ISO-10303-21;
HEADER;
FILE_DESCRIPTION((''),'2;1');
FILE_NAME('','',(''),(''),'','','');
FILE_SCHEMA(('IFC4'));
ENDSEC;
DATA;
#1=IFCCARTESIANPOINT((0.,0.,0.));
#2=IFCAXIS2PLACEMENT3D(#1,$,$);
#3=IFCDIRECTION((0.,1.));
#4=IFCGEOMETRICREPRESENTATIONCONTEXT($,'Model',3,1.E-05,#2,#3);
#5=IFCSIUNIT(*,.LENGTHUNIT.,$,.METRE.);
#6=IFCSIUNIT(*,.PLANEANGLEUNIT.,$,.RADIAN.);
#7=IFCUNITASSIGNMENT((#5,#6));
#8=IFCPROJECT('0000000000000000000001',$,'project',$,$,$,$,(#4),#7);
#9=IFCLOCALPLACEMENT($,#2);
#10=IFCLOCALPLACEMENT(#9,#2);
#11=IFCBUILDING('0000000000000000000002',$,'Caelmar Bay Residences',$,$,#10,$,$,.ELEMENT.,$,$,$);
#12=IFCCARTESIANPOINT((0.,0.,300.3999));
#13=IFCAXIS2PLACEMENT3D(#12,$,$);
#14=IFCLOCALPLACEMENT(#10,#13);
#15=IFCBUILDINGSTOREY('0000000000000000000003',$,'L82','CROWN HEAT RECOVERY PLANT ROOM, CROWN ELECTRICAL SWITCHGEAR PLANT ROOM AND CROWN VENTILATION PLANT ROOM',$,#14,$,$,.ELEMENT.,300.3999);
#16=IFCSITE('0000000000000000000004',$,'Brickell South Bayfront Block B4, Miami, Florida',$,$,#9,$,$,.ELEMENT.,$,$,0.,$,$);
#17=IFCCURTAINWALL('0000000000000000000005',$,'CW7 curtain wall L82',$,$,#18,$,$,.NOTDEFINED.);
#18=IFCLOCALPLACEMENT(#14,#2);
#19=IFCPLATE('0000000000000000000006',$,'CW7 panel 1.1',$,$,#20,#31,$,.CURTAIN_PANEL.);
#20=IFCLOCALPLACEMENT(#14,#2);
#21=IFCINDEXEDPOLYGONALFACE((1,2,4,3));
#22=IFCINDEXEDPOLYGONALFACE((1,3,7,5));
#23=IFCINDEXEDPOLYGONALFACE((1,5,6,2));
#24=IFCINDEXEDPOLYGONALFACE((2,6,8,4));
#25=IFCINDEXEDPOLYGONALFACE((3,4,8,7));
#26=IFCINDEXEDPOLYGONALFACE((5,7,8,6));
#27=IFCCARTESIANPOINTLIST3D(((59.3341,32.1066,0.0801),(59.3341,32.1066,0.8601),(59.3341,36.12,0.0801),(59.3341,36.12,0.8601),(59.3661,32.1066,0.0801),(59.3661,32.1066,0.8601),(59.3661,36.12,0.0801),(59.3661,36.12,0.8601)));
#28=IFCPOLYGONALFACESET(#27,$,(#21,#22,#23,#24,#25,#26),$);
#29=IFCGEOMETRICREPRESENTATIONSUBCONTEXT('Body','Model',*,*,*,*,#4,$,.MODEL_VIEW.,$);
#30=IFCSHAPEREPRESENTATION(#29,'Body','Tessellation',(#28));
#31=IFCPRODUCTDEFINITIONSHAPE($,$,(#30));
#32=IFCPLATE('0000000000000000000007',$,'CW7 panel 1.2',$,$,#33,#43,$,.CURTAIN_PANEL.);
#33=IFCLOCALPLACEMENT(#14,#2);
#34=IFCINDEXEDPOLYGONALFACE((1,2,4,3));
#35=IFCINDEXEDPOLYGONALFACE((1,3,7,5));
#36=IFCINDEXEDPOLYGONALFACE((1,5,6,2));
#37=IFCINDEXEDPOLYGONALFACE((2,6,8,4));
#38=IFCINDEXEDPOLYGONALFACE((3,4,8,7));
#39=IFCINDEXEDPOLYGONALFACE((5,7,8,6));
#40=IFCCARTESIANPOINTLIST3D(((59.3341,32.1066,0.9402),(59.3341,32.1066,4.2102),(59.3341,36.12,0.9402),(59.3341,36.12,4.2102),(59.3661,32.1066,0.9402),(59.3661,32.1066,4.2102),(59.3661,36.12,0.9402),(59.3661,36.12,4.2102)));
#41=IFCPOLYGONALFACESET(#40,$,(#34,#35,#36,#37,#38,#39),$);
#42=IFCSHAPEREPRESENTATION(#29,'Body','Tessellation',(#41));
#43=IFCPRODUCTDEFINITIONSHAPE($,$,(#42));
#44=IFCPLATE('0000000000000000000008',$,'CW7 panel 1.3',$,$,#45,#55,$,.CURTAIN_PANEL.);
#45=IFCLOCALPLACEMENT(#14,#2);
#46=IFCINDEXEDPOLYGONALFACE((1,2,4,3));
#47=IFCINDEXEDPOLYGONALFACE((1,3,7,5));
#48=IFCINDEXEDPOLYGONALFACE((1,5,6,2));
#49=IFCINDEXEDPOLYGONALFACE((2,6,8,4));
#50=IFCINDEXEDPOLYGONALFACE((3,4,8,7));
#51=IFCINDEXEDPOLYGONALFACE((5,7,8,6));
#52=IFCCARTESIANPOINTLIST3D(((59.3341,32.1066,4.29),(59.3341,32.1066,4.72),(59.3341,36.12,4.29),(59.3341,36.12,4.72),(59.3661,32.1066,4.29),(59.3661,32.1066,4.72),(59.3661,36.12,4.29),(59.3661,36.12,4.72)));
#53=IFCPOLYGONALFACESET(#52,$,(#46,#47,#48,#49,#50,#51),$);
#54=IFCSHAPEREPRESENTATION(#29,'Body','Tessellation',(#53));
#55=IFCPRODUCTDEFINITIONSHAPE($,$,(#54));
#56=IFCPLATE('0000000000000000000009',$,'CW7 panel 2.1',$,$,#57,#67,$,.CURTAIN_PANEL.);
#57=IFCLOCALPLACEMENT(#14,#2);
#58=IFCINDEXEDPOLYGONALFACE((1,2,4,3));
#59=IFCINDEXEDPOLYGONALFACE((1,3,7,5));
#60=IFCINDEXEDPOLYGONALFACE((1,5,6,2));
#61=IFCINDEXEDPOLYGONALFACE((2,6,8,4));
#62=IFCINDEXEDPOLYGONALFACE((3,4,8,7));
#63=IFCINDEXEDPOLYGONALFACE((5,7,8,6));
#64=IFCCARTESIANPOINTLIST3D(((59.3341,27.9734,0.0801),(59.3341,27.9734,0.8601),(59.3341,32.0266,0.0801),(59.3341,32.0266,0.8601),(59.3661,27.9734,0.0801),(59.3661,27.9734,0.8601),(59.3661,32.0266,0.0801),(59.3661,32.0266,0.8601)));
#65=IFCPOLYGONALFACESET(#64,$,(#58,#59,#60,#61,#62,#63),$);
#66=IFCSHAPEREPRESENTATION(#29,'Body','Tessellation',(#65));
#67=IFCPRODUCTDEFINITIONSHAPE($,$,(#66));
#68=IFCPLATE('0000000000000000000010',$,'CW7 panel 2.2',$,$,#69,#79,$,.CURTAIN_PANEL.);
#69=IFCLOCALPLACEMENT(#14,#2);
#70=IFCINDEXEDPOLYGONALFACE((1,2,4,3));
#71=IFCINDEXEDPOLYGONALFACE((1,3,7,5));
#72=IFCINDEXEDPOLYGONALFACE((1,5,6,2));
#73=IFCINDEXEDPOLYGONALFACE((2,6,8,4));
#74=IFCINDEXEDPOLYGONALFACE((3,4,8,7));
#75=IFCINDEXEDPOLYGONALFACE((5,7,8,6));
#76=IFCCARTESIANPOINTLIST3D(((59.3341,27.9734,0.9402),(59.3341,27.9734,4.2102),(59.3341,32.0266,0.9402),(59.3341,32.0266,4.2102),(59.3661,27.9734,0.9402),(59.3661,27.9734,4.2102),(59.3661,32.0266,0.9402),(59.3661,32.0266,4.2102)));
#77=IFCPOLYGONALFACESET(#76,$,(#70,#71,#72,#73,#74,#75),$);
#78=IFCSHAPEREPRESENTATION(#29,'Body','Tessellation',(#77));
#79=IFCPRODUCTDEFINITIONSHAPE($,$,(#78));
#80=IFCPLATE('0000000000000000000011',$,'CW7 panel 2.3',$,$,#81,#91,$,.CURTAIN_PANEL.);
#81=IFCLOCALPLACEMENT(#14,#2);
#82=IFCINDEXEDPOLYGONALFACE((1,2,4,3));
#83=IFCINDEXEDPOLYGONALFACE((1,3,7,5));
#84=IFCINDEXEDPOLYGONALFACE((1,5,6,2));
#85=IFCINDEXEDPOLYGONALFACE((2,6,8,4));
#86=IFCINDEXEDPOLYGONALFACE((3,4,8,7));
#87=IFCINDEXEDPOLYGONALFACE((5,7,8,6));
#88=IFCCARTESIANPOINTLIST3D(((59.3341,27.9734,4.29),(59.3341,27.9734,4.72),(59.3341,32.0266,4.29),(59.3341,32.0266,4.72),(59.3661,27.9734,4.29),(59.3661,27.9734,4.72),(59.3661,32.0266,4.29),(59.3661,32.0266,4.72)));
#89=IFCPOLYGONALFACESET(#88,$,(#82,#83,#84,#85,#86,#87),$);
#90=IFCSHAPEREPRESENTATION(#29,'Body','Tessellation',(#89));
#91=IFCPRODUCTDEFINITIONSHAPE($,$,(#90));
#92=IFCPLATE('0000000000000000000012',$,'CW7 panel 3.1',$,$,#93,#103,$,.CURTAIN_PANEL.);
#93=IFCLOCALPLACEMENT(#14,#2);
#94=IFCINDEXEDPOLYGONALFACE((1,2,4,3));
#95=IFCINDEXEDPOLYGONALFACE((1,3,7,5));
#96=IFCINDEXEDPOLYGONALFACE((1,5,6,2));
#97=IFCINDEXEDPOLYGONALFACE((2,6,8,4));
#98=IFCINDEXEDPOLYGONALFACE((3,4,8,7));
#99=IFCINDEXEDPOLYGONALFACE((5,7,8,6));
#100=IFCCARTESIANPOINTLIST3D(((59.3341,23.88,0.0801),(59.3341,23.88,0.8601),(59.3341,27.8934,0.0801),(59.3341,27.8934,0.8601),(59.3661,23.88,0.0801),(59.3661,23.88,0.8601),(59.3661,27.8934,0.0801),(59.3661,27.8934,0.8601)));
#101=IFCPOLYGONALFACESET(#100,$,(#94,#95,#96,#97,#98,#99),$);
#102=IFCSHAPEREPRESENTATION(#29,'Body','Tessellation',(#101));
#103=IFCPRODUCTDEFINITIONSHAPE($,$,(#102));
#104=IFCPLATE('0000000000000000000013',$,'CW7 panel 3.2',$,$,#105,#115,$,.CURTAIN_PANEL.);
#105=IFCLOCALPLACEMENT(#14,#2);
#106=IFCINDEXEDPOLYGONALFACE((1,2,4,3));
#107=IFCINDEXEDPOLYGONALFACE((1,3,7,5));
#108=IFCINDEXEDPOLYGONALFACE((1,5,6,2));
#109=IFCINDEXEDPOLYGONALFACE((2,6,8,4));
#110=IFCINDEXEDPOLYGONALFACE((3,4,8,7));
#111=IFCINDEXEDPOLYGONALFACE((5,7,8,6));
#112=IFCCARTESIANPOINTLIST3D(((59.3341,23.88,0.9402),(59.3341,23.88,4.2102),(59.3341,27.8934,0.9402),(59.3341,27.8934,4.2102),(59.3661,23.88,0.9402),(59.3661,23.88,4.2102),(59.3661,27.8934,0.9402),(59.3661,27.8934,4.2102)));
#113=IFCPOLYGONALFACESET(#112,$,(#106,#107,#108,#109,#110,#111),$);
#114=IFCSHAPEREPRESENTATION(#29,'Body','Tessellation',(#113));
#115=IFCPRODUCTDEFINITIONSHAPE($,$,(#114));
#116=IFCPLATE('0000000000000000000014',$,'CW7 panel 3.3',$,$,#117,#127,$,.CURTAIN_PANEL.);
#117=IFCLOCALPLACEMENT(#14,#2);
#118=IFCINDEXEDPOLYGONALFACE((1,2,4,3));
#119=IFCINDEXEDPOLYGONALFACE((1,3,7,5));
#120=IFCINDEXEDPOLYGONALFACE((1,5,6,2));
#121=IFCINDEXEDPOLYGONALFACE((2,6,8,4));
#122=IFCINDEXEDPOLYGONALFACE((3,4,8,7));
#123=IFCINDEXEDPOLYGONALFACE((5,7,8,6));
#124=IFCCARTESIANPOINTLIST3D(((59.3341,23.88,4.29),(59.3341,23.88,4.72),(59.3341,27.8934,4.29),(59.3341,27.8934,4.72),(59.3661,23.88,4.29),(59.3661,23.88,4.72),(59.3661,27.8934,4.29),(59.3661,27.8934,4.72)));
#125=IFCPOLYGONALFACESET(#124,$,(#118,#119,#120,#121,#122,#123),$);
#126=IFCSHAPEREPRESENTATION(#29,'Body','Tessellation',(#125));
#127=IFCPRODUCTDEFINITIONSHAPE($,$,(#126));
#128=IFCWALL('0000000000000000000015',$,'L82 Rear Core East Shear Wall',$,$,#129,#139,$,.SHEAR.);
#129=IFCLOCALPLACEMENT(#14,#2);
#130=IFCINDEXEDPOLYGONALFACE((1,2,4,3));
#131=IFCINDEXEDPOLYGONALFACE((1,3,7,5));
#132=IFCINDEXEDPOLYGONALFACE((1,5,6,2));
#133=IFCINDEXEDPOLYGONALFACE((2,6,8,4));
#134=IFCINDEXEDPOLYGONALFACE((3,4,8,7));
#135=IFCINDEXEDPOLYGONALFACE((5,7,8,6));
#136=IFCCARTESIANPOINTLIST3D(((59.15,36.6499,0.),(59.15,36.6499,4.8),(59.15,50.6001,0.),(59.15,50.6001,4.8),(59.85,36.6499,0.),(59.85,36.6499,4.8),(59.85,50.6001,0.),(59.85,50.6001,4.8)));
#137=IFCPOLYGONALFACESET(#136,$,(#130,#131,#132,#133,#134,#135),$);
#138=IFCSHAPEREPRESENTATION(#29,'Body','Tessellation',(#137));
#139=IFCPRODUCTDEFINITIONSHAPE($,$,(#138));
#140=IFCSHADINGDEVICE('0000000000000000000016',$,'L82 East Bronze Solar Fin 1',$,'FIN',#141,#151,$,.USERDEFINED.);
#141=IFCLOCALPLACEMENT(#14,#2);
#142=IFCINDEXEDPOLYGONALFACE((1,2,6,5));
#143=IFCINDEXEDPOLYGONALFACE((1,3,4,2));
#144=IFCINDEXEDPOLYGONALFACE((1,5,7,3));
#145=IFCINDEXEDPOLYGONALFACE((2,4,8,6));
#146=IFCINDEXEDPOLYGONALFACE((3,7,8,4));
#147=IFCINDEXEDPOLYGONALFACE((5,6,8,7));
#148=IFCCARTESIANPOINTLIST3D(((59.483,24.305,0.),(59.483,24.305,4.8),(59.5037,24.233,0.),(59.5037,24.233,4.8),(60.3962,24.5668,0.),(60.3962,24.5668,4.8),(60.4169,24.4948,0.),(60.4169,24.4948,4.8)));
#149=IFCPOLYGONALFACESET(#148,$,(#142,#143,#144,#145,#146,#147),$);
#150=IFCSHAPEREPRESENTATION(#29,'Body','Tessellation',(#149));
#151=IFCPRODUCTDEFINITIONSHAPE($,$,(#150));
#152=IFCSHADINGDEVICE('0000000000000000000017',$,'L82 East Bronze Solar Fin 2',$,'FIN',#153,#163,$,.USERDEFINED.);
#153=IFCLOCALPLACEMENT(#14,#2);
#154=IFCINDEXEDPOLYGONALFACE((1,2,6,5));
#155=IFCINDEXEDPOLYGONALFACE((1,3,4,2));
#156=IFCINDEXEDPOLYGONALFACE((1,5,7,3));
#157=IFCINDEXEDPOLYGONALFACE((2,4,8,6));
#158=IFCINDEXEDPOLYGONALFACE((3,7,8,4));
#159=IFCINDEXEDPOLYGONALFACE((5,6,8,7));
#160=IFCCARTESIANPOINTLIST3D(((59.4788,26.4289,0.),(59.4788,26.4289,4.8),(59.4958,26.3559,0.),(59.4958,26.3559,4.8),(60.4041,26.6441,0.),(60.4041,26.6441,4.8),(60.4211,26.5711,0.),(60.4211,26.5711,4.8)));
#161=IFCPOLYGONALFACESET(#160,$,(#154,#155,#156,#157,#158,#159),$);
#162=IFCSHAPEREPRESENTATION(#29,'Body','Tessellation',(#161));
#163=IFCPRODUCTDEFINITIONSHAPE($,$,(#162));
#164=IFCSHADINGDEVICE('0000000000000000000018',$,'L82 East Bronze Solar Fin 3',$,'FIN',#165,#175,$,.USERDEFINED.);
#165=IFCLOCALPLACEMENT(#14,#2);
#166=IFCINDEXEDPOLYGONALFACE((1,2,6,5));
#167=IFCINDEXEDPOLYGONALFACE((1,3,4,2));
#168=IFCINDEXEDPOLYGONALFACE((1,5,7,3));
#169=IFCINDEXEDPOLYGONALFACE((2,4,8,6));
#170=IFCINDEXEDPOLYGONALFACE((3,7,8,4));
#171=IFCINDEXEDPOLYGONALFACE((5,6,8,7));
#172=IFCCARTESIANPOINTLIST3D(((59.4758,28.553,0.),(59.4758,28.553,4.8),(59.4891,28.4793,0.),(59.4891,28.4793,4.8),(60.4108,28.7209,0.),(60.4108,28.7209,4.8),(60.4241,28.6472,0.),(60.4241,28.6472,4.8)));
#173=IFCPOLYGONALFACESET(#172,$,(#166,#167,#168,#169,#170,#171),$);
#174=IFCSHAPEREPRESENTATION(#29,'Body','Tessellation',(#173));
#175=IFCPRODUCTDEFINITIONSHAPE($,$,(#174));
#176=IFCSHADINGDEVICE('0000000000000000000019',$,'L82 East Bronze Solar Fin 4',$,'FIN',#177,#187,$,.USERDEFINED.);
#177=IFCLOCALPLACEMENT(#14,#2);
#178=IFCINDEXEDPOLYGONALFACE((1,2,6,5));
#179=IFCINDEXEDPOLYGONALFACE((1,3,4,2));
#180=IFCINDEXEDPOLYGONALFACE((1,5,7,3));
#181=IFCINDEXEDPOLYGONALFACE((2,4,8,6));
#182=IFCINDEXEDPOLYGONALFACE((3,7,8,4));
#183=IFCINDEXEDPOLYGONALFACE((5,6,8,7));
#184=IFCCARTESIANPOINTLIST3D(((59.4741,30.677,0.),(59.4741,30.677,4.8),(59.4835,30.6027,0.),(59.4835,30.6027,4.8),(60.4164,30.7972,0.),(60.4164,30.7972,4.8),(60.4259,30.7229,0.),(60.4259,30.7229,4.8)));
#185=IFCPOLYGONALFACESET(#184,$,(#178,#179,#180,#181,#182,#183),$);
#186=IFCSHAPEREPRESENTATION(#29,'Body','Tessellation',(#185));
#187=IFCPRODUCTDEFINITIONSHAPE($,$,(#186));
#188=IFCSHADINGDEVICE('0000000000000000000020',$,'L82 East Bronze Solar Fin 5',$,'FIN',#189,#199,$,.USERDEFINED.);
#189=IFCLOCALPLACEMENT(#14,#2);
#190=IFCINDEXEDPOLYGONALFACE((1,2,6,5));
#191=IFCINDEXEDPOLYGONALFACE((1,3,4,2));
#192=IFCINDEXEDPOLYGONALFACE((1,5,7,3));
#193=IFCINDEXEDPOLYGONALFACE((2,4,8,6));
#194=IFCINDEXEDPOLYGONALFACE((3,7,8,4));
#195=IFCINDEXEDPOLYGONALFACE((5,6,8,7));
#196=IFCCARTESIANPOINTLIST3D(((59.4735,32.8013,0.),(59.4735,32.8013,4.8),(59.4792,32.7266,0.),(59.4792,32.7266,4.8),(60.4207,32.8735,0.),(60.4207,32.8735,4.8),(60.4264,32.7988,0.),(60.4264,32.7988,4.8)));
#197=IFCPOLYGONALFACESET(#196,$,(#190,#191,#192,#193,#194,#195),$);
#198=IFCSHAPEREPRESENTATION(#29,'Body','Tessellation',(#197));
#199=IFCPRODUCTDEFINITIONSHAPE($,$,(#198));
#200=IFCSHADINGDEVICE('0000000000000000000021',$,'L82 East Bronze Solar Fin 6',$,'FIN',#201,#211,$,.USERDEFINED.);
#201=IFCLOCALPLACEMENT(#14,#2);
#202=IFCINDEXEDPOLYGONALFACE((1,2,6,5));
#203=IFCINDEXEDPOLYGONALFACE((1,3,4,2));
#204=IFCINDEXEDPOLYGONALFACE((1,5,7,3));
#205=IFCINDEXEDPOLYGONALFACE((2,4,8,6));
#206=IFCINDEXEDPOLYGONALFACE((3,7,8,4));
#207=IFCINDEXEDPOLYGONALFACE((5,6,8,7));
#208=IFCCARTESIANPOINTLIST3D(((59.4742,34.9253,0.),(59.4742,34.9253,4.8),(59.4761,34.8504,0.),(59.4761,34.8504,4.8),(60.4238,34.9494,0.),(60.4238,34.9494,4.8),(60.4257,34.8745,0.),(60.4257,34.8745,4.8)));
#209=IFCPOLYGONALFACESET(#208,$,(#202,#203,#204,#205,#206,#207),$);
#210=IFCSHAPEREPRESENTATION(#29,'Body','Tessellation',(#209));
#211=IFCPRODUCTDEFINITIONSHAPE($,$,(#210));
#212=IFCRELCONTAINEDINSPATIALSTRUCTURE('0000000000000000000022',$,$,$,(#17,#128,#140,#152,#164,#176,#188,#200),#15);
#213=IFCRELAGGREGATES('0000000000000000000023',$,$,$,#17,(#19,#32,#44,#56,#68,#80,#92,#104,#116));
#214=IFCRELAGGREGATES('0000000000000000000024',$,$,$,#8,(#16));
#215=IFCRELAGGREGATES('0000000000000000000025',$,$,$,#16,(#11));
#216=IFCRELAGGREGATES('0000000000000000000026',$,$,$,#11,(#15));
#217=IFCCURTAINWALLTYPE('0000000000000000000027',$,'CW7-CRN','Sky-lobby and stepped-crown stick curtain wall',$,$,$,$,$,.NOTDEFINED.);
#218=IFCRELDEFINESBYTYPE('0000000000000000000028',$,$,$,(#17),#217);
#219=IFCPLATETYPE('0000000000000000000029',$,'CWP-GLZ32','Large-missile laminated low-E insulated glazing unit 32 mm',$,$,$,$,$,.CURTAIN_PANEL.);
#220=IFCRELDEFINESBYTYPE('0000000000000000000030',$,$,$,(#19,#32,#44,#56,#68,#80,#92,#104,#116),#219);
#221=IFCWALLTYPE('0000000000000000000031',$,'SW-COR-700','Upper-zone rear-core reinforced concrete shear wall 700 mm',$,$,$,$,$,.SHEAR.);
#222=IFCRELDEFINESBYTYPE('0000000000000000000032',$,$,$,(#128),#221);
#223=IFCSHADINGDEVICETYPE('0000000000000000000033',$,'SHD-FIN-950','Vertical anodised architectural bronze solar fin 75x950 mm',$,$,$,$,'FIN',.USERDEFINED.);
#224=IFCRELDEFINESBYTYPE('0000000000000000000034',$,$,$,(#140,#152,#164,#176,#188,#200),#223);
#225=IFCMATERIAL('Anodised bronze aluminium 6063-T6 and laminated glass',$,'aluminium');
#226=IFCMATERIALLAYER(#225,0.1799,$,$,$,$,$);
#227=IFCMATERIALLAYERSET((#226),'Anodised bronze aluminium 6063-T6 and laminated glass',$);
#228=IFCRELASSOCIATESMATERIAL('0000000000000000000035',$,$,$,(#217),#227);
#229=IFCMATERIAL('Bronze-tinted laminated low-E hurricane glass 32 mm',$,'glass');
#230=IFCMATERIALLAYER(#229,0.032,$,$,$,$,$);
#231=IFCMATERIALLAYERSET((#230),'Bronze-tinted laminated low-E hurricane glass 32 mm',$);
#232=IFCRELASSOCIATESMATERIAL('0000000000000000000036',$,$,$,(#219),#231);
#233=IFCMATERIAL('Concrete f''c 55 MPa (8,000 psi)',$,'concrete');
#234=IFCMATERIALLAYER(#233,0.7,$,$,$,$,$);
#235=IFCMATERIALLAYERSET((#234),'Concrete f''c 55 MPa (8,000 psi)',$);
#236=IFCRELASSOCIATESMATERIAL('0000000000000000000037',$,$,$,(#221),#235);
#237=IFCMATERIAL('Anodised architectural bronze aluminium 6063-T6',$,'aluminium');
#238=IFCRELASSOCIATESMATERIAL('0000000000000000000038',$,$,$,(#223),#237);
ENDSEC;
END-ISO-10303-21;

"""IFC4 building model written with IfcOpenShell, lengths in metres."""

from ifc_helpers import new_model, si_unit, direction, frame, frame_2d, origin, origin_2d, place, context, subcontext, project, spatial, rectangle, extrude, material, layer, layer_set, material_profile, profile_set, type_object, element, aggregate, save


model = new_model("IFC4")

# Units and contexts
model_context = context("Model", 3, precision=1e-05, world=origin(), true_north=direction((0.0, 1.0)))
body_context = subcontext(model_context, "Body", "Model", "MODEL_VIEW")
ifc_project = project(units=[si_unit("LENGTHUNIT", "METRE"), si_unit("PLANEANGLEUNIT", "RADIAN")], contexts=[model_context])

# Site, building, storey
site_placement = place(None, origin())
site = spatial("IfcSite", under=ifc_project, at=site_placement, Name="Brickell South Bayfront Block B4, Miami, Florida", CompositionType="ELEMENT", RefElevation=0.0)
building_placement = place(site_placement, origin())
building = spatial("IfcBuilding", under=site, at=building_placement, Name="Caelmar Bay Residences", CompositionType="ELEMENT")
storey_placement = place(building_placement, frame((0.0, 0.0, 300.3999)))
storey = spatial("IfcBuildingStorey", under=building, at=storey_placement, Name="L82", Description="CROWN HEAT RECOVERY PLANT ROOM, CROWN ELECTRICAL SWITCHGEAR PLANT ROOM AND CROWN VENTILATION PLANT ROOM", CompositionType="ELEMENT", Elevation=300.3999)

# Curtain wall, plates
ifc_material_1 = material(Name="Anodised bronze aluminium 6063-T6 and laminated glass", Category="aluminium")
ifc_layer_1 = layer(ifc_material_1, 0.1799)
ifc_layer_set_1 = layer_set([ifc_layer_1], Name="Anodised bronze aluminium 6063-T6 and laminated glass")
curtain_wall_type = type_object("IfcCurtainWallType", Name="CW7-CRN", Description="Sky-lobby and stepped-crown stick curtain wall", PredefinedType="NOTDEFINED", material=ifc_layer_set_1)
curtain_wall_placement = place(storey_placement, origin())
curtain_wall = element("IfcCurtainWall", 1, at=curtain_wall_placement, inside=storey, type_object=curtain_wall_type, Name="CW7 curtain wall L82", PredefinedType="NOTDEFINED")
ifc_material_2 = material(Name="Bronze-tinted laminated low-E hurricane glass 32 mm", Category="glass")
ifc_layer_2 = layer(ifc_material_2, 0.032)
ifc_layer_set_2 = layer_set([ifc_layer_2], Name="Bronze-tinted laminated low-E hurricane glass 32 mm")
plate_type = type_object("IfcPlateType", Name="CWP-GLZ32", Description="Large-missile laminated low-E insulated glazing unit 32 mm", PredefinedType="CURTAIN_PANEL", material=ifc_layer_set_2)
plate_1_placement = place(storey_placement, frame((59.3501, 34.1133, 0.0801), z_axis=(0.0, 0.0, 1.0), x_axis=(0.0, -1.0, 0.0)))
plate_1 = element("IfcPlate", 2, at=plate_1_placement, type_object=plate_type, Name="CW7 panel 1.1", PredefinedType="CURTAIN_PANEL", context=body_context, shape_type="SweptSolid", body=[
    extrude(rectangle(XDim=4.0134, YDim=0.032, at=origin_2d()), origin(), (0.0, 0.0, 1.0), 0.78),
])
plate_2_placement = place(storey_placement, frame((59.3501, 34.1133, 0.9402), z_axis=(0.0, 0.0, 1.0), x_axis=(0.0, -1.0, 0.0)))
plate_2 = element("IfcPlate", 3, at=plate_2_placement, type_object=plate_type, Name="CW7 panel 1.2", PredefinedType="CURTAIN_PANEL", context=body_context, shape_type="SweptSolid", body=[
    extrude(rectangle(XDim=4.0134, YDim=0.032, at=origin_2d()), origin(), (0.0, 0.0, 1.0), 3.27),
])
plate_3_placement = place(storey_placement, frame((59.3501, 34.1133, 4.29), z_axis=(0.0, 0.0, 1.0), x_axis=(0.0, -1.0, 0.0)))
plate_3 = element("IfcPlate", 4, at=plate_3_placement, type_object=plate_type, Name="CW7 panel 1.3", PredefinedType="CURTAIN_PANEL", context=body_context, shape_type="SweptSolid", body=[
    extrude(rectangle(XDim=4.0134, YDim=0.032, at=origin_2d()), origin(), (0.0, 0.0, 1.0), 0.4299),
])
plate_4_placement = place(storey_placement, frame((59.3501, 30.0, 0.0801), z_axis=(0.0, 0.0, 1.0), x_axis=(0.0, -1.0, 0.0)))
plate_4 = element("IfcPlate", 5, at=plate_4_placement, type_object=plate_type, Name="CW7 panel 2.1", PredefinedType="CURTAIN_PANEL", context=body_context, shape_type="SweptSolid", body=[
    extrude(rectangle(XDim=4.0532, YDim=0.032, at=origin_2d()), origin(), (0.0, 0.0, 1.0), 0.78),
])
plate_5_placement = place(storey_placement, frame((59.3501, 30.0, 0.9402), z_axis=(0.0, 0.0, 1.0), x_axis=(0.0, -1.0, 0.0)))
plate_5 = element("IfcPlate", 6, at=plate_5_placement, type_object=plate_type, Name="CW7 panel 2.2", PredefinedType="CURTAIN_PANEL", context=body_context, shape_type="SweptSolid", body=[
    extrude(rectangle(XDim=4.0532, YDim=0.032, at=origin_2d()), origin(), (0.0, 0.0, 1.0), 3.27),
])
plate_6_placement = place(storey_placement, frame((59.3501, 30.0, 4.29), z_axis=(0.0, 0.0, 1.0), x_axis=(0.0, -1.0, 0.0)))
plate_6 = element("IfcPlate", 7, at=plate_6_placement, type_object=plate_type, Name="CW7 panel 2.3", PredefinedType="CURTAIN_PANEL", context=body_context, shape_type="SweptSolid", body=[
    extrude(rectangle(XDim=4.0532, YDim=0.032, at=origin_2d()), origin(), (0.0, 0.0, 1.0), 0.4299),
])
plate_7_placement = place(storey_placement, frame((59.3501, 25.8867, 0.0801), z_axis=(0.0, 0.0, 1.0), x_axis=(0.0, -1.0, 0.0)))
plate_7 = element("IfcPlate", 8, at=plate_7_placement, type_object=plate_type, Name="CW7 panel 3.1", PredefinedType="CURTAIN_PANEL", context=body_context, shape_type="SweptSolid", body=[
    extrude(rectangle(XDim=4.0134, YDim=0.032, at=origin_2d()), origin(), (0.0, 0.0, 1.0), 0.78),
])
plate_8_placement = place(storey_placement, frame((59.3501, 25.8867, 0.9402), z_axis=(0.0, 0.0, 1.0), x_axis=(0.0, -1.0, 0.0)))
plate_8 = element("IfcPlate", 9, at=plate_8_placement, type_object=plate_type, Name="CW7 panel 3.2", PredefinedType="CURTAIN_PANEL", context=body_context, shape_type="SweptSolid", body=[
    extrude(rectangle(XDim=4.0134, YDim=0.032, at=origin_2d()), origin(), (0.0, 0.0, 1.0), 3.27),
])
plate_9_placement = place(storey_placement, frame((59.3501, 25.8867, 4.29), z_axis=(0.0, 0.0, 1.0), x_axis=(0.0, -1.0, 0.0)))
plate_9 = element("IfcPlate", 10, at=plate_9_placement, type_object=plate_type, Name="CW7 panel 3.3", PredefinedType="CURTAIN_PANEL", context=body_context, shape_type="SweptSolid", body=[
    extrude(rectangle(XDim=4.0134, YDim=0.032, at=origin_2d()), origin(), (0.0, 0.0, 1.0), 0.4299),
])
aggregate(curtain_wall, [plate_1, plate_2, plate_3, plate_4, plate_5, plate_6, plate_7, plate_8, plate_9])

# Wall
ifc_material_3 = material(Name="Concrete f'c 55 MPa (8,000 psi)", Category="concrete")
ifc_layer_3 = layer(ifc_material_3, 0.7)
ifc_layer_set_3 = layer_set([ifc_layer_3], Name="Concrete f'c 55 MPa (8,000 psi)")
wall_type = type_object("IfcWallType", Name="SW-COR-700", Description="Upper-zone rear-core reinforced concrete shear wall 700 mm", PredefinedType="SHEAR", material=ifc_layer_set_3)
wall_placement = place(storey_placement, frame((59.5, 36.6499, 0.0), z_axis=(0.0, 0.0, 1.0), x_axis=(0.0, 1.0, 0.0)))
element("IfcWall", 11, at=wall_placement, inside=storey, type_object=wall_type, Name="L82 Rear Core East Shear Wall", PredefinedType="SHEAR", context=body_context, shape_type="SweptSolid", body=[
    extrude(rectangle(XDim=13.9502, YDim=0.7, at=frame_2d((6.9751, 0.0))), origin(), (0.0, 0.0, 1.0), 4.8),
])

# Shading devices
ifc_material_4 = material(Name="Anodised architectural bronze aluminium 6063-T6", Category="aluminium")
ifc_material_profile_1 = material_profile(ifc_material_4, rectangle(XDim=0.075, YDim=0.95, at=origin_2d()), Name="BRONZE-FIN-75X950")
ifc_profile_set_1 = profile_set([ifc_material_profile_1], Name="Anodised architectural bronze aluminium 6063-T6")
shading_device_type = type_object("IfcShadingDeviceType", Name="SHD-FIN-950", Description="Vertical anodised architectural bronze solar fin 75x950 mm", ElementType="FIN", PredefinedType="USERDEFINED", material=ifc_profile_set_1)
for number, where, z_axis, x_axis, name in (
    (12, (59.95, 24.3999, 0.0), (0.0, 0.0, 1.0), (-0.275637, 0.961262, 0.0), "L82 East Bronze Solar Fin 1"),
    (13, (59.95, 26.5, 0.0), (0.0, 0.0, 1.0), (-0.226481, 0.974016, 0.0), "L82 East Bronze Solar Fin 2"),
    (14, (59.95, 28.6001, 0.0), (0.0, 0.0, 1.0), (-0.176741, 0.984257, 0.0), "L82 East Bronze Solar Fin 3"),
    (15, (59.95, 30.7, 0.0), (0.0, 0.0, 1.0), (-0.126545, 0.991961, 0.0), "L82 East Bronze Solar Fin 4"),
    (16, (59.95, 32.8, 0.0), (0.0, 0.0, 1.0), (-0.076023, 0.997106, 0.0), "L82 East Bronze Solar Fin 5"),
    (17, (59.95, 34.8999, 0.0), (0.0, 0.0, 1.0), (-0.025305, 0.99968, 0.0), "L82 East Bronze Solar Fin 6"),
):
    element("IfcShadingDevice", number, at=place(storey_placement, frame(where, z_axis=z_axis, x_axis=x_axis)), inside=storey, type_object=shading_device_type, Name=name, ObjectType="FIN", PredefinedType="USERDEFINED", context=body_context, shape_type="SweptSolid", body=[
        extrude(rectangle(XDim=0.075, YDim=0.95, at=origin_2d()), origin(), (0.0, 0.0, 1.0), 4.8),
    ])

save(model, "model.ifc")
